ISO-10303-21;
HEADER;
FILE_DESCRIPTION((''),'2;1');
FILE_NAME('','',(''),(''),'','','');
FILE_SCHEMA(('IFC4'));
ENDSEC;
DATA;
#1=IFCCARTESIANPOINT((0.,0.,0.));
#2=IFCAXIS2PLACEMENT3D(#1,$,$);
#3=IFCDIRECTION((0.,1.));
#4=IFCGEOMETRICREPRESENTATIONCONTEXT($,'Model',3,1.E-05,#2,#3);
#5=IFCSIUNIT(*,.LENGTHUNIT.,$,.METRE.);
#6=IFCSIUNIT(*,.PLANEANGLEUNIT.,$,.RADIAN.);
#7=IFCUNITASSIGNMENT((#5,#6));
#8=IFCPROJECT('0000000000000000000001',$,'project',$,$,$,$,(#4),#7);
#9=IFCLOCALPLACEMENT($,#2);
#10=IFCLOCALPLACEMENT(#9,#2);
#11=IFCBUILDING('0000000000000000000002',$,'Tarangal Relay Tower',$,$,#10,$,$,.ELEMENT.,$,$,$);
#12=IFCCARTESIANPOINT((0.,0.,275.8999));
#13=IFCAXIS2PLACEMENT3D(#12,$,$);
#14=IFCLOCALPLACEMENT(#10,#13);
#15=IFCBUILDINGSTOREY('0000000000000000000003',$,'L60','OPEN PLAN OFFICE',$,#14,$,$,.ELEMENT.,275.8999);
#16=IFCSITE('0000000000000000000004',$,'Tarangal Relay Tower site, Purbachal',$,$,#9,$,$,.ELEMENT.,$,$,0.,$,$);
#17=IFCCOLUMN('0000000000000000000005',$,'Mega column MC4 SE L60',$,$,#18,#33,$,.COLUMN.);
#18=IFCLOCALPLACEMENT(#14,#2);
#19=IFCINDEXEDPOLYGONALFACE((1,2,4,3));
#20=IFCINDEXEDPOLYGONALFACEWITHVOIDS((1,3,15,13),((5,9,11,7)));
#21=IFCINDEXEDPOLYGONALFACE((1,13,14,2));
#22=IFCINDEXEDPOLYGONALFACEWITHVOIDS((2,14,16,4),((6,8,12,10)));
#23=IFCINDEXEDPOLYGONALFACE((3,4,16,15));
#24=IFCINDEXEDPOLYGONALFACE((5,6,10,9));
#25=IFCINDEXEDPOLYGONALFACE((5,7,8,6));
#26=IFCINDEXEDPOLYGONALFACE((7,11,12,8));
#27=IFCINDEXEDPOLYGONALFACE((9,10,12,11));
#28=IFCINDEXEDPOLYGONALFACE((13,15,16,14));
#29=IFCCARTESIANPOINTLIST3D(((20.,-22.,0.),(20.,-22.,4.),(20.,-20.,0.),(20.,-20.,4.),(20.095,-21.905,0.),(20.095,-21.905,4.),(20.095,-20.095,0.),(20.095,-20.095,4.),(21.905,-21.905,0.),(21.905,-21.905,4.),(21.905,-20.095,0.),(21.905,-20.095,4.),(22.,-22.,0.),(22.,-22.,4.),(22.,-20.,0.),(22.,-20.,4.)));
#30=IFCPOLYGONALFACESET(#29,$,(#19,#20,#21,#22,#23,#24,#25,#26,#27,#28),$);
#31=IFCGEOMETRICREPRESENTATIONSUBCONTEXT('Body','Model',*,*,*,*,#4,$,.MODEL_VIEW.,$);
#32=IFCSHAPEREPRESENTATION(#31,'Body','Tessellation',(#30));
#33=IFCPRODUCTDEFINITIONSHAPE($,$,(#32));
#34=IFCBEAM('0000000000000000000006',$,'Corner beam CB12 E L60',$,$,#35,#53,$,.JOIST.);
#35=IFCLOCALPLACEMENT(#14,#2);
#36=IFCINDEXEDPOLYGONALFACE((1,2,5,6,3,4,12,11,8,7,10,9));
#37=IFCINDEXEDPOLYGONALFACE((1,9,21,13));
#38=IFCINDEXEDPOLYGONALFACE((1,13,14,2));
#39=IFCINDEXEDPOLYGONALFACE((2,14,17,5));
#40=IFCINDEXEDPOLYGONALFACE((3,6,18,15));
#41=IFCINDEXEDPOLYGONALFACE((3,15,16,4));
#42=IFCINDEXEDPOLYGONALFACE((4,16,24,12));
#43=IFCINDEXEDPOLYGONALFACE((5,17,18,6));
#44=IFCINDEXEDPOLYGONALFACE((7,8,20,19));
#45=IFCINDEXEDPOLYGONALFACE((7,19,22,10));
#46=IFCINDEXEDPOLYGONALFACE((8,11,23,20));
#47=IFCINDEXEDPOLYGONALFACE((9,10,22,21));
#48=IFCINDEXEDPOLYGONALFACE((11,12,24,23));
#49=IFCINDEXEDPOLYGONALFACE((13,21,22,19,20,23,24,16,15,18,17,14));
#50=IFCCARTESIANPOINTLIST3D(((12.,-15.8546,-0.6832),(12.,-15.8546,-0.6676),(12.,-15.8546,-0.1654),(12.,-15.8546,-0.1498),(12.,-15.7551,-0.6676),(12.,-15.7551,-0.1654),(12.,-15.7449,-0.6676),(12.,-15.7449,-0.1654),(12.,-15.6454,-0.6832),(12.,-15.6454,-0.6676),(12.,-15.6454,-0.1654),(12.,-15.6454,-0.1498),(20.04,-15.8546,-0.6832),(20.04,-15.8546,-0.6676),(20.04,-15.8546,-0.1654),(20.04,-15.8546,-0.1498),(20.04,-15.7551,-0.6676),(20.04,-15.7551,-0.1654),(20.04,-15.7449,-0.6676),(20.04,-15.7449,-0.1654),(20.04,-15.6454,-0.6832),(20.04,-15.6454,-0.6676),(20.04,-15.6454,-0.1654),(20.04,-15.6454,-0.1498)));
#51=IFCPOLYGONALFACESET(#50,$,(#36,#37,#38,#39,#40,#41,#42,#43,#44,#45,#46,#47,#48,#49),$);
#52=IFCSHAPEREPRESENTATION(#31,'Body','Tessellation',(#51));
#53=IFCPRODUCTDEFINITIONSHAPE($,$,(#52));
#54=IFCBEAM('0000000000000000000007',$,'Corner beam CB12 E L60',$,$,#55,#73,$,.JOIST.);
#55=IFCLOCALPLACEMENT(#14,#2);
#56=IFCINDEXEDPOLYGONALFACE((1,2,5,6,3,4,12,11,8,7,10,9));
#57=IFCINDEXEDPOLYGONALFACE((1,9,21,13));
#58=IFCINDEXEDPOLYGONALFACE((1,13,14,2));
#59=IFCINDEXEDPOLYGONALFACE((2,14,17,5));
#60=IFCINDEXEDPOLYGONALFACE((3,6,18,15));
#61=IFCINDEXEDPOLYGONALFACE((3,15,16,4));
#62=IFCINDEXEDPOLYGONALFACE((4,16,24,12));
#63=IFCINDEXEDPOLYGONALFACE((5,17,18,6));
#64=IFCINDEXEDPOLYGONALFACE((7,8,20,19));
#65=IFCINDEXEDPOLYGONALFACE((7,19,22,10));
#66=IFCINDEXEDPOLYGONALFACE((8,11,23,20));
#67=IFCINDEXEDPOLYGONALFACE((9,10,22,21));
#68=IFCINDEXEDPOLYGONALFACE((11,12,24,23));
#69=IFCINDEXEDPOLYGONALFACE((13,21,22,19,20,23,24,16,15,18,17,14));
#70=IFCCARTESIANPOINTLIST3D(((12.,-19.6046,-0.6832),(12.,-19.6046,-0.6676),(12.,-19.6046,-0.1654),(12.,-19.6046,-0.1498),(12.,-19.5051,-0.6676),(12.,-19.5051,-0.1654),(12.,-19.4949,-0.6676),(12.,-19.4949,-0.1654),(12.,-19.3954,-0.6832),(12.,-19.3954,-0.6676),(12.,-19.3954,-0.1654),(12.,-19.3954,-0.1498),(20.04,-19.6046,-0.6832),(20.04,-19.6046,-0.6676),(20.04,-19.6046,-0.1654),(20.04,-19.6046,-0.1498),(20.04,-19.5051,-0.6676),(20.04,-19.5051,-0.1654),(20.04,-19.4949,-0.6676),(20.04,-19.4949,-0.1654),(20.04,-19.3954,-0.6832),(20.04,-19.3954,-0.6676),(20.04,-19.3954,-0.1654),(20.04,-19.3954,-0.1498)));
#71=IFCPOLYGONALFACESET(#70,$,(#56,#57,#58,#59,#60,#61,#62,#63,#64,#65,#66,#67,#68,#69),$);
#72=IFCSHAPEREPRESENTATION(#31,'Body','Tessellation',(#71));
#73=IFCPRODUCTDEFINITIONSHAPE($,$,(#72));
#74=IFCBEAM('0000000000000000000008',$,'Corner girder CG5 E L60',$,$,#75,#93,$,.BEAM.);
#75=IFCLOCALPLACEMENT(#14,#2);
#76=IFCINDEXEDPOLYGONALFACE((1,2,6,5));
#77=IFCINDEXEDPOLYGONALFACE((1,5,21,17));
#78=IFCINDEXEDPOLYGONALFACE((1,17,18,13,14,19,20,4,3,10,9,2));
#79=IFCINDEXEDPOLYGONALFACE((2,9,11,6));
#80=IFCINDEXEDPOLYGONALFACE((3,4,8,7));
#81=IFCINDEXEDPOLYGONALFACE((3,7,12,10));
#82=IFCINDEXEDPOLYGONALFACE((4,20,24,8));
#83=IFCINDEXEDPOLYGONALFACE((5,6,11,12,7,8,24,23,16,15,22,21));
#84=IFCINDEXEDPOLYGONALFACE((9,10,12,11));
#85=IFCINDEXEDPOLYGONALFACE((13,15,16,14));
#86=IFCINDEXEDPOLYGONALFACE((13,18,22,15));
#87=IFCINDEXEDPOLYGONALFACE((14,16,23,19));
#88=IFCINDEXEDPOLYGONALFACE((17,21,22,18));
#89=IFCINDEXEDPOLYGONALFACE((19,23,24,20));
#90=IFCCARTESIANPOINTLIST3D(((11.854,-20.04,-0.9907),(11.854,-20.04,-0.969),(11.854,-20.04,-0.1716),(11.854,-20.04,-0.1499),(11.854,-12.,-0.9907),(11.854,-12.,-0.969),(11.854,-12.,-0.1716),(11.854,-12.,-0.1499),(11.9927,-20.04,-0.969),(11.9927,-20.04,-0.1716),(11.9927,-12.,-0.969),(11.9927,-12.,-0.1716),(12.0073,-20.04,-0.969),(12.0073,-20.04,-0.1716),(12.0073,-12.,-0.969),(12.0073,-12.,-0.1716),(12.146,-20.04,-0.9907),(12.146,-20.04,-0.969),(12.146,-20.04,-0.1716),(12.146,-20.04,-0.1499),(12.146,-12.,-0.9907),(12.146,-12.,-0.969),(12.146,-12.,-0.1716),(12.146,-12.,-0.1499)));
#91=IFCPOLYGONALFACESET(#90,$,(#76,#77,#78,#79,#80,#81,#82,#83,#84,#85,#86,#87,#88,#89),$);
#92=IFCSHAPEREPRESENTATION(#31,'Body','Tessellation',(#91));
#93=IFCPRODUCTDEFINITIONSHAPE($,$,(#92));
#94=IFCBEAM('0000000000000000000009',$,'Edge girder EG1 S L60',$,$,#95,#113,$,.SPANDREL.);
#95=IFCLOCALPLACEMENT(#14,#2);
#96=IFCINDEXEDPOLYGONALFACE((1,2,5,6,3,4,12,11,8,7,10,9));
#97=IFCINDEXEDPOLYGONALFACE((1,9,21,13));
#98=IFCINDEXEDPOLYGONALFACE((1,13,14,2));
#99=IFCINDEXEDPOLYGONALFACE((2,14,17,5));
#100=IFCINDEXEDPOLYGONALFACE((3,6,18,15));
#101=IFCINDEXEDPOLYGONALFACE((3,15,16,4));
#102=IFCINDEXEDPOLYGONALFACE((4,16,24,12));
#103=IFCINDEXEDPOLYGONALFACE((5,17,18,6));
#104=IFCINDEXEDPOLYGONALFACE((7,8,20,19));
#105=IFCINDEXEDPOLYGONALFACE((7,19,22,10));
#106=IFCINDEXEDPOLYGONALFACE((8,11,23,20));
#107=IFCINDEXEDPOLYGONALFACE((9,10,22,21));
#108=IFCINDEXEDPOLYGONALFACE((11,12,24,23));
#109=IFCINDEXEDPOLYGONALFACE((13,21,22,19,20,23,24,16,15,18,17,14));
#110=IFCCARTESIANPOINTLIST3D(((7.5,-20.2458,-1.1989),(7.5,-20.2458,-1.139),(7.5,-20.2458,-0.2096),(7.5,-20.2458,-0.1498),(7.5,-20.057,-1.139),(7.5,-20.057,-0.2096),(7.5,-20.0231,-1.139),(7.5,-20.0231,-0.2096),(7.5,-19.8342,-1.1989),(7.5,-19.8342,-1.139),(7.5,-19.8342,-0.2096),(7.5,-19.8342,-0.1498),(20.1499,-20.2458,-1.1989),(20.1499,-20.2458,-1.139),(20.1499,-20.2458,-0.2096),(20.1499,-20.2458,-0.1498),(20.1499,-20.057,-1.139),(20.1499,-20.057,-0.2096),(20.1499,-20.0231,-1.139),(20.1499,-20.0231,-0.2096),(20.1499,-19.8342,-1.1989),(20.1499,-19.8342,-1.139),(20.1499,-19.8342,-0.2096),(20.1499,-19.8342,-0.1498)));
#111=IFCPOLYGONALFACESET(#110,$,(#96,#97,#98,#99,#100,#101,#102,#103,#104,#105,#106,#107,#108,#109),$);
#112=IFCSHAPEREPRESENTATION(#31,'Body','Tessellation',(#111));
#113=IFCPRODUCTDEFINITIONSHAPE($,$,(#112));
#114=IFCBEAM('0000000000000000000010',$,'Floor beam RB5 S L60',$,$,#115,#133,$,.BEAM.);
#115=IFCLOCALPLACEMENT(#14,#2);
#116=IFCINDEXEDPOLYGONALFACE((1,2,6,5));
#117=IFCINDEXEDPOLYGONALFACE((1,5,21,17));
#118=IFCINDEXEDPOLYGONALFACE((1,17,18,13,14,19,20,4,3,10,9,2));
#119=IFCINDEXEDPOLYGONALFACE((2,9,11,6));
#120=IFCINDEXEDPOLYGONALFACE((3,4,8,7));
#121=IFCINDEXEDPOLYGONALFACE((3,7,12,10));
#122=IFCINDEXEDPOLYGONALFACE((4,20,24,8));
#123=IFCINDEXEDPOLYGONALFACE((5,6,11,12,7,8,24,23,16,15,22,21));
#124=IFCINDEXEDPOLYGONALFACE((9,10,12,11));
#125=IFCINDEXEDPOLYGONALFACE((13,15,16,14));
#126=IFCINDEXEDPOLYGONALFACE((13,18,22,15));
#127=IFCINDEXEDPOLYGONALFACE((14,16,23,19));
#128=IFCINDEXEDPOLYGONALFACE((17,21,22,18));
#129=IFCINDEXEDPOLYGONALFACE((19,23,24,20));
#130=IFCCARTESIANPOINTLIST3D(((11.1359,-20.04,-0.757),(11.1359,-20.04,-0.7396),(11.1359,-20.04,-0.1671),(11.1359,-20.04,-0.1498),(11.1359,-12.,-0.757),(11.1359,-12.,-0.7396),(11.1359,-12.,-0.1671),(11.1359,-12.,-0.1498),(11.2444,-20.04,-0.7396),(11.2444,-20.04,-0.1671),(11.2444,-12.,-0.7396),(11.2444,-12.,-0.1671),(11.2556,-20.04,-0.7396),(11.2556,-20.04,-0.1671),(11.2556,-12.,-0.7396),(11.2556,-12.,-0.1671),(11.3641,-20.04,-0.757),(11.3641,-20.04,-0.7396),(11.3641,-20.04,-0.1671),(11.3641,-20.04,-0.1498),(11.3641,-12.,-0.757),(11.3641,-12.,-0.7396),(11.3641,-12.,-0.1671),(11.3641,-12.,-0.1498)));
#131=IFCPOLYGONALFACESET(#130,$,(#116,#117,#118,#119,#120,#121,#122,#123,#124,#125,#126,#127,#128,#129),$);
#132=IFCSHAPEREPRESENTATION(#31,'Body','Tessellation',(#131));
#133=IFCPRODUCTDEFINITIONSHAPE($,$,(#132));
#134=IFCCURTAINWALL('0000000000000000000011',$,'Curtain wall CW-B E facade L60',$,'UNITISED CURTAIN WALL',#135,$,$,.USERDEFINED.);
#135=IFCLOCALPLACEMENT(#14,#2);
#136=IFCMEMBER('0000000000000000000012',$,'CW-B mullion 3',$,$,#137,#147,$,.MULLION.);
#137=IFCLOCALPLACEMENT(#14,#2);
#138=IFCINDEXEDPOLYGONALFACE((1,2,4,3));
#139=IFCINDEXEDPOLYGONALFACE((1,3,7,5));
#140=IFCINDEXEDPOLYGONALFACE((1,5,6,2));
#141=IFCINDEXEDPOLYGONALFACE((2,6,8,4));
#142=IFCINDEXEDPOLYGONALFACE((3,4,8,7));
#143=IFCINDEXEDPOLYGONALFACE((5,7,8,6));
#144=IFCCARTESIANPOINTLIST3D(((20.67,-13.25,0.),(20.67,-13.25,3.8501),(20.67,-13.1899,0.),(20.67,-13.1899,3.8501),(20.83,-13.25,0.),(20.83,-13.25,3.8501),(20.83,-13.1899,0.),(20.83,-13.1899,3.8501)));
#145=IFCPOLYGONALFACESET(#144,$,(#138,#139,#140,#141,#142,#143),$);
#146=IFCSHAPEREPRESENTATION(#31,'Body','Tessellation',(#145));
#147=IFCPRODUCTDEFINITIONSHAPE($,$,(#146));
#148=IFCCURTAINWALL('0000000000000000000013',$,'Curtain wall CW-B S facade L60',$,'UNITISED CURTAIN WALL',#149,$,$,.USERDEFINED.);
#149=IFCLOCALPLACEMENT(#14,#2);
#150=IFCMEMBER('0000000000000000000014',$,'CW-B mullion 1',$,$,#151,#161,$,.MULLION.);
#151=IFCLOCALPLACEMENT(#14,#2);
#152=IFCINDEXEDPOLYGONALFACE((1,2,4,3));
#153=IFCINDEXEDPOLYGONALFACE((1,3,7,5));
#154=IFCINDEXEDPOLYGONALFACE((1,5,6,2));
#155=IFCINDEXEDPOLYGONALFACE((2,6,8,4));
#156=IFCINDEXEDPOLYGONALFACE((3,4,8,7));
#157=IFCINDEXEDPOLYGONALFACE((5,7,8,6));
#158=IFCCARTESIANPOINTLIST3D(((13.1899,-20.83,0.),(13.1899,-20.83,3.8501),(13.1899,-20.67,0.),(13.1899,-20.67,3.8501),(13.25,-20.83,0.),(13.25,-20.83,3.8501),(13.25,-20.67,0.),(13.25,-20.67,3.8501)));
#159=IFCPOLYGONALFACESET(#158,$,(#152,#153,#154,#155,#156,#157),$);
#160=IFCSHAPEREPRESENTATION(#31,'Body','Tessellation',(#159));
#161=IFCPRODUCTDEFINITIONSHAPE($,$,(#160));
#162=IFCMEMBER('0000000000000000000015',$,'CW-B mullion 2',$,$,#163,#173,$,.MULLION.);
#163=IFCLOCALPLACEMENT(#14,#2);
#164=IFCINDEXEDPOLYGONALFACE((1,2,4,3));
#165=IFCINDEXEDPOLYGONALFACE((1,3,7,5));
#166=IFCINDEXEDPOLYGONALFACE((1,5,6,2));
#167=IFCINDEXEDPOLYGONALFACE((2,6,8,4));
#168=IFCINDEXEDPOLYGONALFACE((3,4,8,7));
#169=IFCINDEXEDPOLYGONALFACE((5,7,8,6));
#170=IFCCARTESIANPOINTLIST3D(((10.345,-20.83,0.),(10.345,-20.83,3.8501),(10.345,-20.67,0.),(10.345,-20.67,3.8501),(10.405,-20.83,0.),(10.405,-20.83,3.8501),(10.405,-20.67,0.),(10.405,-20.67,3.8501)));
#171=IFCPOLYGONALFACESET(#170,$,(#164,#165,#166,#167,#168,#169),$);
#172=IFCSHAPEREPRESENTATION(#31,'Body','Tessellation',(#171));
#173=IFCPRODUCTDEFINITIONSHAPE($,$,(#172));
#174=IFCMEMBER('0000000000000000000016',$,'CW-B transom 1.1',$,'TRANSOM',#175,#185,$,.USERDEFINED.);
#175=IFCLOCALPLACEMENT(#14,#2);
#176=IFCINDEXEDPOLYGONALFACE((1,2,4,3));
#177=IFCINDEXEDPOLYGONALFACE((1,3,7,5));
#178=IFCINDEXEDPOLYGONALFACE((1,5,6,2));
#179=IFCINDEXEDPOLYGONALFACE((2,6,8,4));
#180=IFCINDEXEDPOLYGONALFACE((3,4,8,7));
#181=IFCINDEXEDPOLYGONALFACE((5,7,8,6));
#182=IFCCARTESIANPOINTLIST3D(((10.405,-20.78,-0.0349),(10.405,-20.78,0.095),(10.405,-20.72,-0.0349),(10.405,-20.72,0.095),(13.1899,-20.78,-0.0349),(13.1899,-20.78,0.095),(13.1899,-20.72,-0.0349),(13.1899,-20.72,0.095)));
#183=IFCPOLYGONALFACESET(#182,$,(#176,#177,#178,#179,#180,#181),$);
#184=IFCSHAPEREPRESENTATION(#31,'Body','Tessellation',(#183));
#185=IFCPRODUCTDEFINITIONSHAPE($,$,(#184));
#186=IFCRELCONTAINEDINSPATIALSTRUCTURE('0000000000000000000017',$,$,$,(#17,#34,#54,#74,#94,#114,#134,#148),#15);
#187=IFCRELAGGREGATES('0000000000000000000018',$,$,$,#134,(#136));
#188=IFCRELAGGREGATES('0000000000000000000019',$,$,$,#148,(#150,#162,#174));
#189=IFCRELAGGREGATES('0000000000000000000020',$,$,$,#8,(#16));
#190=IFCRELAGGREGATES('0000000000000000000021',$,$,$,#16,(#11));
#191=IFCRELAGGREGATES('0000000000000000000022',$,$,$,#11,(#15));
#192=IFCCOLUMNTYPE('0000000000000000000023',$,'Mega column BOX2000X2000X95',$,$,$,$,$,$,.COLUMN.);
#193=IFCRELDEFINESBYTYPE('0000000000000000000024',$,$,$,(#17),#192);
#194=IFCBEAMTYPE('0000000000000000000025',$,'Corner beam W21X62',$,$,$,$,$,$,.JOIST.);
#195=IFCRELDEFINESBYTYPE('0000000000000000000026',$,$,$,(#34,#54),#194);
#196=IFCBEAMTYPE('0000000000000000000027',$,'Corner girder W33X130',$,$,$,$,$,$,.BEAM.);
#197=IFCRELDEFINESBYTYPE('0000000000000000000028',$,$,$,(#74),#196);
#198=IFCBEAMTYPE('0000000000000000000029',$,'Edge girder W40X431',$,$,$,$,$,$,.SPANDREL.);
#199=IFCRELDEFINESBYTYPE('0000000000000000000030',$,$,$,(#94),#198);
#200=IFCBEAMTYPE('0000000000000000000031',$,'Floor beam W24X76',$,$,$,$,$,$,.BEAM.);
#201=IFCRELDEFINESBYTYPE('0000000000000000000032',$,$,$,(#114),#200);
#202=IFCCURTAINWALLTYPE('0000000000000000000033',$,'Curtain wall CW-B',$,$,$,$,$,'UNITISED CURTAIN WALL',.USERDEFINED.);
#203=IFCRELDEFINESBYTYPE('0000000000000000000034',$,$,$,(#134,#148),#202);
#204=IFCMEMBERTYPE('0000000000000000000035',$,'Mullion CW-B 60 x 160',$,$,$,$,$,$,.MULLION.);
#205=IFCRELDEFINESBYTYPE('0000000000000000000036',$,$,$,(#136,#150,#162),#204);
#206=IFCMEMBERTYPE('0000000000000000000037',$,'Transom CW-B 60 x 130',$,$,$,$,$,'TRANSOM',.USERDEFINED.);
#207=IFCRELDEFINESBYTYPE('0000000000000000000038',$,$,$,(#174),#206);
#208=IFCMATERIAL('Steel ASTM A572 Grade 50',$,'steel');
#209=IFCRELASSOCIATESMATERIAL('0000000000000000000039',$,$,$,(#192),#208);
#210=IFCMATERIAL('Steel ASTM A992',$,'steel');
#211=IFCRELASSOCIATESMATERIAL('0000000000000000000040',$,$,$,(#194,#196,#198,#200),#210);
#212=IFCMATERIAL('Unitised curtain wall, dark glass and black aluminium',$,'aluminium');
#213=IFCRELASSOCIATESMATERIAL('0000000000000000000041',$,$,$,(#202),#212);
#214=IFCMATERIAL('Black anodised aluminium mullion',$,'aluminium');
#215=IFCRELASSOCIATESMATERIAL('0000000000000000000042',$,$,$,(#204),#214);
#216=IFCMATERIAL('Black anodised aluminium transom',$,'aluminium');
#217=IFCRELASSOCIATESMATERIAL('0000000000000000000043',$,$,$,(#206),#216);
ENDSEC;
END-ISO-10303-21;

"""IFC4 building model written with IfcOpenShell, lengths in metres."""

from ifc_helpers import new_model, si_unit, direction, frame, origin, origin_2d, place, context, subcontext, project, spatial, rectangle, hollow_rectangle, i_section, extrude, material, material_profile, profile_set, type_object, element, aggregate, save


model = new_model("IFC4")

# Units and contexts
model_context = context("Model", 3, precision=1e-05, world=origin(), true_north=direction((0.0, 1.0)))
body_context = subcontext(model_context, "Body", "Model", "MODEL_VIEW")
ifc_project = project(units=[si_unit("LENGTHUNIT", "METRE"), si_unit("PLANEANGLEUNIT", "RADIAN")], contexts=[model_context])

# Site, building, storey
site_placement = place(None, origin())
site = spatial("IfcSite", under=ifc_project, at=site_placement, Name="Tarangal Relay Tower site, Purbachal", CompositionType="ELEMENT", RefElevation=0.0)
building_placement = place(site_placement, origin())
building = spatial("IfcBuilding", under=site, at=building_placement, Name="Tarangal Relay Tower", CompositionType="ELEMENT")
storey_placement = place(building_placement, frame((0.0, 0.0, 275.8999)))
storey = spatial("IfcBuildingStorey", under=building, at=storey_placement, Name="L60", Description="OPEN PLAN OFFICE", CompositionType="ELEMENT", Elevation=275.8999)

# Column
ifc_material_1 = material(Name="Steel ASTM A572 Grade 50", Category="steel")
ifc_material_profile_1 = material_profile(ifc_material_1, hollow_rectangle(XDim=2.0, YDim=2.0, WallThickness=0.095, at=origin_2d()), Name="BOX2000X2000X95")
ifc_profile_set_1 = profile_set([ifc_material_profile_1], Name="Steel ASTM A572 Grade 50")
column_type = type_object("IfcColumnType", Name="Mega column BOX2000X2000X95", PredefinedType="COLUMN", material=ifc_profile_set_1)
column_placement = place(storey_placement, frame((21.0, -21.0, 0.0), z_axis=(0.0, 0.0, 1.0), x_axis=(1.0, 0.0, 0.0)))
element("IfcColumn", 1, at=column_placement, inside=storey, type_object=column_type, Name="Mega column MC4 SE L60", PredefinedType="COLUMN", context=body_context, shape_type="SweptSolid", body=[
    extrude(hollow_rectangle(XDim=2.0, YDim=2.0, WallThickness=0.095, at=origin_2d()), origin(), (0.0, 0.0, 1.0), 4.0),
])

# Beams
ifc_material_2 = material(Name="Steel ASTM A992", Category="steel")
ifc_material_profile_2 = material_profile(ifc_material_2, i_section(OverallWidth=0.2092, OverallDepth=0.5334, WebThickness=0.0103, FlangeThickness=0.0156, at=origin_2d()), Name="W21X62")
ifc_profile_set_2 = profile_set([ifc_material_profile_2], Name="Steel ASTM A992")
beam_type_1 = type_object("IfcBeamType", Name="Corner beam W21X62", PredefinedType="JOIST", material=ifc_profile_set_2)
for number, where, z_axis, x_axis, name in (
    (2, (12.0, -15.75, -0.4165), (1.0, 0.0, 0.0), (0.0, 1.0, 0.0), "Corner beam CB12 E L60"),
    (3, (12.0, -19.5, -0.4165), (1.0, 0.0, 0.0), (0.0, 1.0, 0.0), "Corner beam CB12 E L60"),
):
    element("IfcBeam", number, at=place(storey_placement, frame(where, z_axis=z_axis, x_axis=x_axis)), inside=storey, type_object=beam_type_1, Name=name, PredefinedType="JOIST", context=body_context, shape_type="SweptSolid", body=[
        extrude(i_section(OverallWidth=0.2092, OverallDepth=0.5334, WebThickness=0.0103, FlangeThickness=0.0156, at=origin_2d()), origin(), (0.0, 0.0, 1.0), 8.04),
    ])
ifc_material_profile_3 = material_profile(ifc_material_2, i_section(OverallWidth=0.292, OverallDepth=0.8408, WebThickness=0.0146, FlangeThickness=0.0217, at=origin_2d()), Name="W33X130")
ifc_profile_set_3 = profile_set([ifc_material_profile_3], Name="Steel ASTM A992")
beam_type_2 = type_object("IfcBeamType", Name="Corner girder W33X130", PredefinedType="BEAM", material=ifc_profile_set_3)
beam_1_placement = place(storey_placement, frame((12.0, -12.0, -0.5703), z_axis=(0.0, -1.0, 0.0), x_axis=(1.0, 0.0, 0.0)))
element("IfcBeam", 4, at=beam_1_placement, inside=storey, type_object=beam_type_2, Name="Corner girder CG5 E L60", PredefinedType="BEAM", context=body_context, shape_type="SweptSolid", body=[
    extrude(i_section(OverallWidth=0.292, OverallDepth=0.8408, WebThickness=0.0146, FlangeThickness=0.0217, at=origin_2d()), origin(), (0.0, 0.0, 1.0), 8.04),
])
ifc_material_profile_4 = material_profile(ifc_material_2, i_section(OverallWidth=0.4116, OverallDepth=1.0491, WebThickness=0.0339, FlangeThickness=0.0598, at=origin_2d()), Name="W40X431")
ifc_profile_set_4 = profile_set([ifc_material_profile_4], Name="Steel ASTM A992")
beam_type_3 = type_object("IfcBeamType", Name="Edge girder W40X431", PredefinedType="SPANDREL", material=ifc_profile_set_4)
beam_2_placement = place(storey_placement, frame((20.1499, -20.04, -0.6743), z_axis=(-1.0, 0.0, 0.0), x_axis=(0.0, -1.0, 0.0)))
element("IfcBeam", 5, at=beam_2_placement, inside=storey, type_object=beam_type_3, Name="Edge girder EG1 S L60", PredefinedType="SPANDREL", context=body_context, shape_type="SweptSolid", body=[
    extrude(i_section(OverallWidth=0.4116, OverallDepth=1.0491, WebThickness=0.0339, FlangeThickness=0.0598, at=origin_2d()), origin(), (0.0, 0.0, 1.0), 12.6499),
])
ifc_material_profile_5 = material_profile(ifc_material_2, i_section(OverallWidth=0.2283, OverallDepth=0.6072, WebThickness=0.0112, FlangeThickness=0.0173, at=origin_2d()), Name="W24X76")
ifc_profile_set_5 = profile_set([ifc_material_profile_5], Name="Steel ASTM A992")
beam_type_4 = type_object("IfcBeamType", Name="Floor beam W24X76", PredefinedType="BEAM", material=ifc_profile_set_5)
beam_3_placement = place(storey_placement, frame((11.25, -12.0, -0.4534), z_axis=(0.0, -1.0, 0.0), x_axis=(1.0, 0.0, 0.0)))
element("IfcBeam", 6, at=beam_3_placement, inside=storey, type_object=beam_type_4, Name="Floor beam RB5 S L60", PredefinedType="BEAM", context=body_context, shape_type="SweptSolid", body=[
    extrude(i_section(OverallWidth=0.2283, OverallDepth=0.6072, WebThickness=0.0112, FlangeThickness=0.0173, at=origin_2d()), origin(), (0.0, 0.0, 1.0), 8.04),
])

# Curtain wall, member
ifc_material_3 = material(Name="Unitised curtain wall, dark glass and black aluminium", Category="aluminium")
curtain_wall_type = type_object("IfcCurtainWallType", Name="Curtain wall CW-B", ElementType="UNITISED CURTAIN WALL", PredefinedType="USERDEFINED", material=ifc_material_3)
curtain_wall_1_placement = place(storey_placement, origin())
curtain_wall_1 = element("IfcCurtainWall", 7, at=curtain_wall_1_placement, inside=storey, type_object=curtain_wall_type, Name="Curtain wall CW-B E facade L60", ObjectType="UNITISED CURTAIN WALL", PredefinedType="USERDEFINED")
ifc_material_4 = material(Name="Black anodised aluminium mullion", Category="aluminium")
ifc_material_profile_6 = material_profile(ifc_material_4, rectangle(XDim=0.1599, YDim=0.0601, at=origin_2d()), Name="CW-BM 60X160")
ifc_profile_set_6 = profile_set([ifc_material_profile_6], Name="Black anodised aluminium mullion")
member_type_1 = type_object("IfcMemberType", Name="Mullion CW-B 60 x 160", PredefinedType="MULLION", material=ifc_profile_set_6)
member_1_placement = place(storey_placement, frame((20.75, -13.22, 0.0), z_axis=(0.0, 0.0, 1.0), x_axis=(1.0, 0.0, 0.0)))
member_1 = element("IfcMember", 8, at=member_1_placement, type_object=member_type_1, Name="CW-B mullion 3", PredefinedType="MULLION", context=body_context, shape_type="SweptSolid", body=[
    extrude(rectangle(XDim=0.1599, YDim=0.0601, at=origin_2d()), origin(), (0.0, 0.0, 1.0), 3.8501),
])

# Curtain wall, members
curtain_wall_2_placement = place(storey_placement, origin())
curtain_wall_2 = element("IfcCurtainWall", 9, at=curtain_wall_2_placement, inside=storey, type_object=curtain_wall_type, Name="Curtain wall CW-B S facade L60", ObjectType="UNITISED CURTAIN WALL", PredefinedType="USERDEFINED")
member_2_placement = place(storey_placement, frame((13.22, -20.75, 0.0), z_axis=(0.0, 0.0, 1.0), x_axis=(0.0, -1.0, 0.0)))
member_2 = element("IfcMember", 10, at=member_2_placement, type_object=member_type_1, Name="CW-B mullion 1", PredefinedType="MULLION", context=body_context, shape_type="SweptSolid", body=[
    extrude(rectangle(XDim=0.1599, YDim=0.0601, at=origin_2d()), origin(), (0.0, 0.0, 1.0), 3.8501),
])
member_3_placement = place(storey_placement, frame((10.375, -20.75, 0.0), z_axis=(0.0, 0.0, 1.0), x_axis=(0.0, -1.0, 0.0)))
member_3 = element("IfcMember", 11, at=member_3_placement, type_object=member_type_1, Name="CW-B mullion 2", PredefinedType="MULLION", context=body_context, shape_type="SweptSolid", body=[
    extrude(rectangle(XDim=0.1599, YDim=0.0601, at=origin_2d()), origin(), (0.0, 0.0, 1.0), 3.8501),
])
ifc_material_5 = material(Name="Black anodised aluminium transom", Category="aluminium")
ifc_material_profile_7 = material_profile(ifc_material_5, rectangle(XDim=0.0601, YDim=0.1299, at=origin_2d()), Name="CW-BT 60X130")
ifc_profile_set_7 = profile_set([ifc_material_profile_7], Name="Black anodised aluminium transom")
member_type_2 = type_object("IfcMemberType", Name="Transom CW-B 60 x 130", ElementType="TRANSOM", PredefinedType="USERDEFINED", material=ifc_profile_set_7)
member_4_placement = place(storey_placement, frame((13.1899, -20.75, 0.03), z_axis=(-1.0, 0.0, 0.0), x_axis=(0.0, -1.0, 0.0)))
member_4 = element("IfcMember", 12, at=member_4_placement, type_object=member_type_2, Name="CW-B transom 1.1", ObjectType="TRANSOM", PredefinedType="USERDEFINED", context=body_context, shape_type="SweptSolid", body=[
    extrude(rectangle(XDim=0.0601, YDim=0.1299, at=origin_2d()), origin(), (0.0, 0.0, 1.0), 2.7849),
])

aggregate(curtain_wall_1, [member_1])
aggregate(curtain_wall_2, [member_2, member_3, member_4])

save(model, "model.ifc")
